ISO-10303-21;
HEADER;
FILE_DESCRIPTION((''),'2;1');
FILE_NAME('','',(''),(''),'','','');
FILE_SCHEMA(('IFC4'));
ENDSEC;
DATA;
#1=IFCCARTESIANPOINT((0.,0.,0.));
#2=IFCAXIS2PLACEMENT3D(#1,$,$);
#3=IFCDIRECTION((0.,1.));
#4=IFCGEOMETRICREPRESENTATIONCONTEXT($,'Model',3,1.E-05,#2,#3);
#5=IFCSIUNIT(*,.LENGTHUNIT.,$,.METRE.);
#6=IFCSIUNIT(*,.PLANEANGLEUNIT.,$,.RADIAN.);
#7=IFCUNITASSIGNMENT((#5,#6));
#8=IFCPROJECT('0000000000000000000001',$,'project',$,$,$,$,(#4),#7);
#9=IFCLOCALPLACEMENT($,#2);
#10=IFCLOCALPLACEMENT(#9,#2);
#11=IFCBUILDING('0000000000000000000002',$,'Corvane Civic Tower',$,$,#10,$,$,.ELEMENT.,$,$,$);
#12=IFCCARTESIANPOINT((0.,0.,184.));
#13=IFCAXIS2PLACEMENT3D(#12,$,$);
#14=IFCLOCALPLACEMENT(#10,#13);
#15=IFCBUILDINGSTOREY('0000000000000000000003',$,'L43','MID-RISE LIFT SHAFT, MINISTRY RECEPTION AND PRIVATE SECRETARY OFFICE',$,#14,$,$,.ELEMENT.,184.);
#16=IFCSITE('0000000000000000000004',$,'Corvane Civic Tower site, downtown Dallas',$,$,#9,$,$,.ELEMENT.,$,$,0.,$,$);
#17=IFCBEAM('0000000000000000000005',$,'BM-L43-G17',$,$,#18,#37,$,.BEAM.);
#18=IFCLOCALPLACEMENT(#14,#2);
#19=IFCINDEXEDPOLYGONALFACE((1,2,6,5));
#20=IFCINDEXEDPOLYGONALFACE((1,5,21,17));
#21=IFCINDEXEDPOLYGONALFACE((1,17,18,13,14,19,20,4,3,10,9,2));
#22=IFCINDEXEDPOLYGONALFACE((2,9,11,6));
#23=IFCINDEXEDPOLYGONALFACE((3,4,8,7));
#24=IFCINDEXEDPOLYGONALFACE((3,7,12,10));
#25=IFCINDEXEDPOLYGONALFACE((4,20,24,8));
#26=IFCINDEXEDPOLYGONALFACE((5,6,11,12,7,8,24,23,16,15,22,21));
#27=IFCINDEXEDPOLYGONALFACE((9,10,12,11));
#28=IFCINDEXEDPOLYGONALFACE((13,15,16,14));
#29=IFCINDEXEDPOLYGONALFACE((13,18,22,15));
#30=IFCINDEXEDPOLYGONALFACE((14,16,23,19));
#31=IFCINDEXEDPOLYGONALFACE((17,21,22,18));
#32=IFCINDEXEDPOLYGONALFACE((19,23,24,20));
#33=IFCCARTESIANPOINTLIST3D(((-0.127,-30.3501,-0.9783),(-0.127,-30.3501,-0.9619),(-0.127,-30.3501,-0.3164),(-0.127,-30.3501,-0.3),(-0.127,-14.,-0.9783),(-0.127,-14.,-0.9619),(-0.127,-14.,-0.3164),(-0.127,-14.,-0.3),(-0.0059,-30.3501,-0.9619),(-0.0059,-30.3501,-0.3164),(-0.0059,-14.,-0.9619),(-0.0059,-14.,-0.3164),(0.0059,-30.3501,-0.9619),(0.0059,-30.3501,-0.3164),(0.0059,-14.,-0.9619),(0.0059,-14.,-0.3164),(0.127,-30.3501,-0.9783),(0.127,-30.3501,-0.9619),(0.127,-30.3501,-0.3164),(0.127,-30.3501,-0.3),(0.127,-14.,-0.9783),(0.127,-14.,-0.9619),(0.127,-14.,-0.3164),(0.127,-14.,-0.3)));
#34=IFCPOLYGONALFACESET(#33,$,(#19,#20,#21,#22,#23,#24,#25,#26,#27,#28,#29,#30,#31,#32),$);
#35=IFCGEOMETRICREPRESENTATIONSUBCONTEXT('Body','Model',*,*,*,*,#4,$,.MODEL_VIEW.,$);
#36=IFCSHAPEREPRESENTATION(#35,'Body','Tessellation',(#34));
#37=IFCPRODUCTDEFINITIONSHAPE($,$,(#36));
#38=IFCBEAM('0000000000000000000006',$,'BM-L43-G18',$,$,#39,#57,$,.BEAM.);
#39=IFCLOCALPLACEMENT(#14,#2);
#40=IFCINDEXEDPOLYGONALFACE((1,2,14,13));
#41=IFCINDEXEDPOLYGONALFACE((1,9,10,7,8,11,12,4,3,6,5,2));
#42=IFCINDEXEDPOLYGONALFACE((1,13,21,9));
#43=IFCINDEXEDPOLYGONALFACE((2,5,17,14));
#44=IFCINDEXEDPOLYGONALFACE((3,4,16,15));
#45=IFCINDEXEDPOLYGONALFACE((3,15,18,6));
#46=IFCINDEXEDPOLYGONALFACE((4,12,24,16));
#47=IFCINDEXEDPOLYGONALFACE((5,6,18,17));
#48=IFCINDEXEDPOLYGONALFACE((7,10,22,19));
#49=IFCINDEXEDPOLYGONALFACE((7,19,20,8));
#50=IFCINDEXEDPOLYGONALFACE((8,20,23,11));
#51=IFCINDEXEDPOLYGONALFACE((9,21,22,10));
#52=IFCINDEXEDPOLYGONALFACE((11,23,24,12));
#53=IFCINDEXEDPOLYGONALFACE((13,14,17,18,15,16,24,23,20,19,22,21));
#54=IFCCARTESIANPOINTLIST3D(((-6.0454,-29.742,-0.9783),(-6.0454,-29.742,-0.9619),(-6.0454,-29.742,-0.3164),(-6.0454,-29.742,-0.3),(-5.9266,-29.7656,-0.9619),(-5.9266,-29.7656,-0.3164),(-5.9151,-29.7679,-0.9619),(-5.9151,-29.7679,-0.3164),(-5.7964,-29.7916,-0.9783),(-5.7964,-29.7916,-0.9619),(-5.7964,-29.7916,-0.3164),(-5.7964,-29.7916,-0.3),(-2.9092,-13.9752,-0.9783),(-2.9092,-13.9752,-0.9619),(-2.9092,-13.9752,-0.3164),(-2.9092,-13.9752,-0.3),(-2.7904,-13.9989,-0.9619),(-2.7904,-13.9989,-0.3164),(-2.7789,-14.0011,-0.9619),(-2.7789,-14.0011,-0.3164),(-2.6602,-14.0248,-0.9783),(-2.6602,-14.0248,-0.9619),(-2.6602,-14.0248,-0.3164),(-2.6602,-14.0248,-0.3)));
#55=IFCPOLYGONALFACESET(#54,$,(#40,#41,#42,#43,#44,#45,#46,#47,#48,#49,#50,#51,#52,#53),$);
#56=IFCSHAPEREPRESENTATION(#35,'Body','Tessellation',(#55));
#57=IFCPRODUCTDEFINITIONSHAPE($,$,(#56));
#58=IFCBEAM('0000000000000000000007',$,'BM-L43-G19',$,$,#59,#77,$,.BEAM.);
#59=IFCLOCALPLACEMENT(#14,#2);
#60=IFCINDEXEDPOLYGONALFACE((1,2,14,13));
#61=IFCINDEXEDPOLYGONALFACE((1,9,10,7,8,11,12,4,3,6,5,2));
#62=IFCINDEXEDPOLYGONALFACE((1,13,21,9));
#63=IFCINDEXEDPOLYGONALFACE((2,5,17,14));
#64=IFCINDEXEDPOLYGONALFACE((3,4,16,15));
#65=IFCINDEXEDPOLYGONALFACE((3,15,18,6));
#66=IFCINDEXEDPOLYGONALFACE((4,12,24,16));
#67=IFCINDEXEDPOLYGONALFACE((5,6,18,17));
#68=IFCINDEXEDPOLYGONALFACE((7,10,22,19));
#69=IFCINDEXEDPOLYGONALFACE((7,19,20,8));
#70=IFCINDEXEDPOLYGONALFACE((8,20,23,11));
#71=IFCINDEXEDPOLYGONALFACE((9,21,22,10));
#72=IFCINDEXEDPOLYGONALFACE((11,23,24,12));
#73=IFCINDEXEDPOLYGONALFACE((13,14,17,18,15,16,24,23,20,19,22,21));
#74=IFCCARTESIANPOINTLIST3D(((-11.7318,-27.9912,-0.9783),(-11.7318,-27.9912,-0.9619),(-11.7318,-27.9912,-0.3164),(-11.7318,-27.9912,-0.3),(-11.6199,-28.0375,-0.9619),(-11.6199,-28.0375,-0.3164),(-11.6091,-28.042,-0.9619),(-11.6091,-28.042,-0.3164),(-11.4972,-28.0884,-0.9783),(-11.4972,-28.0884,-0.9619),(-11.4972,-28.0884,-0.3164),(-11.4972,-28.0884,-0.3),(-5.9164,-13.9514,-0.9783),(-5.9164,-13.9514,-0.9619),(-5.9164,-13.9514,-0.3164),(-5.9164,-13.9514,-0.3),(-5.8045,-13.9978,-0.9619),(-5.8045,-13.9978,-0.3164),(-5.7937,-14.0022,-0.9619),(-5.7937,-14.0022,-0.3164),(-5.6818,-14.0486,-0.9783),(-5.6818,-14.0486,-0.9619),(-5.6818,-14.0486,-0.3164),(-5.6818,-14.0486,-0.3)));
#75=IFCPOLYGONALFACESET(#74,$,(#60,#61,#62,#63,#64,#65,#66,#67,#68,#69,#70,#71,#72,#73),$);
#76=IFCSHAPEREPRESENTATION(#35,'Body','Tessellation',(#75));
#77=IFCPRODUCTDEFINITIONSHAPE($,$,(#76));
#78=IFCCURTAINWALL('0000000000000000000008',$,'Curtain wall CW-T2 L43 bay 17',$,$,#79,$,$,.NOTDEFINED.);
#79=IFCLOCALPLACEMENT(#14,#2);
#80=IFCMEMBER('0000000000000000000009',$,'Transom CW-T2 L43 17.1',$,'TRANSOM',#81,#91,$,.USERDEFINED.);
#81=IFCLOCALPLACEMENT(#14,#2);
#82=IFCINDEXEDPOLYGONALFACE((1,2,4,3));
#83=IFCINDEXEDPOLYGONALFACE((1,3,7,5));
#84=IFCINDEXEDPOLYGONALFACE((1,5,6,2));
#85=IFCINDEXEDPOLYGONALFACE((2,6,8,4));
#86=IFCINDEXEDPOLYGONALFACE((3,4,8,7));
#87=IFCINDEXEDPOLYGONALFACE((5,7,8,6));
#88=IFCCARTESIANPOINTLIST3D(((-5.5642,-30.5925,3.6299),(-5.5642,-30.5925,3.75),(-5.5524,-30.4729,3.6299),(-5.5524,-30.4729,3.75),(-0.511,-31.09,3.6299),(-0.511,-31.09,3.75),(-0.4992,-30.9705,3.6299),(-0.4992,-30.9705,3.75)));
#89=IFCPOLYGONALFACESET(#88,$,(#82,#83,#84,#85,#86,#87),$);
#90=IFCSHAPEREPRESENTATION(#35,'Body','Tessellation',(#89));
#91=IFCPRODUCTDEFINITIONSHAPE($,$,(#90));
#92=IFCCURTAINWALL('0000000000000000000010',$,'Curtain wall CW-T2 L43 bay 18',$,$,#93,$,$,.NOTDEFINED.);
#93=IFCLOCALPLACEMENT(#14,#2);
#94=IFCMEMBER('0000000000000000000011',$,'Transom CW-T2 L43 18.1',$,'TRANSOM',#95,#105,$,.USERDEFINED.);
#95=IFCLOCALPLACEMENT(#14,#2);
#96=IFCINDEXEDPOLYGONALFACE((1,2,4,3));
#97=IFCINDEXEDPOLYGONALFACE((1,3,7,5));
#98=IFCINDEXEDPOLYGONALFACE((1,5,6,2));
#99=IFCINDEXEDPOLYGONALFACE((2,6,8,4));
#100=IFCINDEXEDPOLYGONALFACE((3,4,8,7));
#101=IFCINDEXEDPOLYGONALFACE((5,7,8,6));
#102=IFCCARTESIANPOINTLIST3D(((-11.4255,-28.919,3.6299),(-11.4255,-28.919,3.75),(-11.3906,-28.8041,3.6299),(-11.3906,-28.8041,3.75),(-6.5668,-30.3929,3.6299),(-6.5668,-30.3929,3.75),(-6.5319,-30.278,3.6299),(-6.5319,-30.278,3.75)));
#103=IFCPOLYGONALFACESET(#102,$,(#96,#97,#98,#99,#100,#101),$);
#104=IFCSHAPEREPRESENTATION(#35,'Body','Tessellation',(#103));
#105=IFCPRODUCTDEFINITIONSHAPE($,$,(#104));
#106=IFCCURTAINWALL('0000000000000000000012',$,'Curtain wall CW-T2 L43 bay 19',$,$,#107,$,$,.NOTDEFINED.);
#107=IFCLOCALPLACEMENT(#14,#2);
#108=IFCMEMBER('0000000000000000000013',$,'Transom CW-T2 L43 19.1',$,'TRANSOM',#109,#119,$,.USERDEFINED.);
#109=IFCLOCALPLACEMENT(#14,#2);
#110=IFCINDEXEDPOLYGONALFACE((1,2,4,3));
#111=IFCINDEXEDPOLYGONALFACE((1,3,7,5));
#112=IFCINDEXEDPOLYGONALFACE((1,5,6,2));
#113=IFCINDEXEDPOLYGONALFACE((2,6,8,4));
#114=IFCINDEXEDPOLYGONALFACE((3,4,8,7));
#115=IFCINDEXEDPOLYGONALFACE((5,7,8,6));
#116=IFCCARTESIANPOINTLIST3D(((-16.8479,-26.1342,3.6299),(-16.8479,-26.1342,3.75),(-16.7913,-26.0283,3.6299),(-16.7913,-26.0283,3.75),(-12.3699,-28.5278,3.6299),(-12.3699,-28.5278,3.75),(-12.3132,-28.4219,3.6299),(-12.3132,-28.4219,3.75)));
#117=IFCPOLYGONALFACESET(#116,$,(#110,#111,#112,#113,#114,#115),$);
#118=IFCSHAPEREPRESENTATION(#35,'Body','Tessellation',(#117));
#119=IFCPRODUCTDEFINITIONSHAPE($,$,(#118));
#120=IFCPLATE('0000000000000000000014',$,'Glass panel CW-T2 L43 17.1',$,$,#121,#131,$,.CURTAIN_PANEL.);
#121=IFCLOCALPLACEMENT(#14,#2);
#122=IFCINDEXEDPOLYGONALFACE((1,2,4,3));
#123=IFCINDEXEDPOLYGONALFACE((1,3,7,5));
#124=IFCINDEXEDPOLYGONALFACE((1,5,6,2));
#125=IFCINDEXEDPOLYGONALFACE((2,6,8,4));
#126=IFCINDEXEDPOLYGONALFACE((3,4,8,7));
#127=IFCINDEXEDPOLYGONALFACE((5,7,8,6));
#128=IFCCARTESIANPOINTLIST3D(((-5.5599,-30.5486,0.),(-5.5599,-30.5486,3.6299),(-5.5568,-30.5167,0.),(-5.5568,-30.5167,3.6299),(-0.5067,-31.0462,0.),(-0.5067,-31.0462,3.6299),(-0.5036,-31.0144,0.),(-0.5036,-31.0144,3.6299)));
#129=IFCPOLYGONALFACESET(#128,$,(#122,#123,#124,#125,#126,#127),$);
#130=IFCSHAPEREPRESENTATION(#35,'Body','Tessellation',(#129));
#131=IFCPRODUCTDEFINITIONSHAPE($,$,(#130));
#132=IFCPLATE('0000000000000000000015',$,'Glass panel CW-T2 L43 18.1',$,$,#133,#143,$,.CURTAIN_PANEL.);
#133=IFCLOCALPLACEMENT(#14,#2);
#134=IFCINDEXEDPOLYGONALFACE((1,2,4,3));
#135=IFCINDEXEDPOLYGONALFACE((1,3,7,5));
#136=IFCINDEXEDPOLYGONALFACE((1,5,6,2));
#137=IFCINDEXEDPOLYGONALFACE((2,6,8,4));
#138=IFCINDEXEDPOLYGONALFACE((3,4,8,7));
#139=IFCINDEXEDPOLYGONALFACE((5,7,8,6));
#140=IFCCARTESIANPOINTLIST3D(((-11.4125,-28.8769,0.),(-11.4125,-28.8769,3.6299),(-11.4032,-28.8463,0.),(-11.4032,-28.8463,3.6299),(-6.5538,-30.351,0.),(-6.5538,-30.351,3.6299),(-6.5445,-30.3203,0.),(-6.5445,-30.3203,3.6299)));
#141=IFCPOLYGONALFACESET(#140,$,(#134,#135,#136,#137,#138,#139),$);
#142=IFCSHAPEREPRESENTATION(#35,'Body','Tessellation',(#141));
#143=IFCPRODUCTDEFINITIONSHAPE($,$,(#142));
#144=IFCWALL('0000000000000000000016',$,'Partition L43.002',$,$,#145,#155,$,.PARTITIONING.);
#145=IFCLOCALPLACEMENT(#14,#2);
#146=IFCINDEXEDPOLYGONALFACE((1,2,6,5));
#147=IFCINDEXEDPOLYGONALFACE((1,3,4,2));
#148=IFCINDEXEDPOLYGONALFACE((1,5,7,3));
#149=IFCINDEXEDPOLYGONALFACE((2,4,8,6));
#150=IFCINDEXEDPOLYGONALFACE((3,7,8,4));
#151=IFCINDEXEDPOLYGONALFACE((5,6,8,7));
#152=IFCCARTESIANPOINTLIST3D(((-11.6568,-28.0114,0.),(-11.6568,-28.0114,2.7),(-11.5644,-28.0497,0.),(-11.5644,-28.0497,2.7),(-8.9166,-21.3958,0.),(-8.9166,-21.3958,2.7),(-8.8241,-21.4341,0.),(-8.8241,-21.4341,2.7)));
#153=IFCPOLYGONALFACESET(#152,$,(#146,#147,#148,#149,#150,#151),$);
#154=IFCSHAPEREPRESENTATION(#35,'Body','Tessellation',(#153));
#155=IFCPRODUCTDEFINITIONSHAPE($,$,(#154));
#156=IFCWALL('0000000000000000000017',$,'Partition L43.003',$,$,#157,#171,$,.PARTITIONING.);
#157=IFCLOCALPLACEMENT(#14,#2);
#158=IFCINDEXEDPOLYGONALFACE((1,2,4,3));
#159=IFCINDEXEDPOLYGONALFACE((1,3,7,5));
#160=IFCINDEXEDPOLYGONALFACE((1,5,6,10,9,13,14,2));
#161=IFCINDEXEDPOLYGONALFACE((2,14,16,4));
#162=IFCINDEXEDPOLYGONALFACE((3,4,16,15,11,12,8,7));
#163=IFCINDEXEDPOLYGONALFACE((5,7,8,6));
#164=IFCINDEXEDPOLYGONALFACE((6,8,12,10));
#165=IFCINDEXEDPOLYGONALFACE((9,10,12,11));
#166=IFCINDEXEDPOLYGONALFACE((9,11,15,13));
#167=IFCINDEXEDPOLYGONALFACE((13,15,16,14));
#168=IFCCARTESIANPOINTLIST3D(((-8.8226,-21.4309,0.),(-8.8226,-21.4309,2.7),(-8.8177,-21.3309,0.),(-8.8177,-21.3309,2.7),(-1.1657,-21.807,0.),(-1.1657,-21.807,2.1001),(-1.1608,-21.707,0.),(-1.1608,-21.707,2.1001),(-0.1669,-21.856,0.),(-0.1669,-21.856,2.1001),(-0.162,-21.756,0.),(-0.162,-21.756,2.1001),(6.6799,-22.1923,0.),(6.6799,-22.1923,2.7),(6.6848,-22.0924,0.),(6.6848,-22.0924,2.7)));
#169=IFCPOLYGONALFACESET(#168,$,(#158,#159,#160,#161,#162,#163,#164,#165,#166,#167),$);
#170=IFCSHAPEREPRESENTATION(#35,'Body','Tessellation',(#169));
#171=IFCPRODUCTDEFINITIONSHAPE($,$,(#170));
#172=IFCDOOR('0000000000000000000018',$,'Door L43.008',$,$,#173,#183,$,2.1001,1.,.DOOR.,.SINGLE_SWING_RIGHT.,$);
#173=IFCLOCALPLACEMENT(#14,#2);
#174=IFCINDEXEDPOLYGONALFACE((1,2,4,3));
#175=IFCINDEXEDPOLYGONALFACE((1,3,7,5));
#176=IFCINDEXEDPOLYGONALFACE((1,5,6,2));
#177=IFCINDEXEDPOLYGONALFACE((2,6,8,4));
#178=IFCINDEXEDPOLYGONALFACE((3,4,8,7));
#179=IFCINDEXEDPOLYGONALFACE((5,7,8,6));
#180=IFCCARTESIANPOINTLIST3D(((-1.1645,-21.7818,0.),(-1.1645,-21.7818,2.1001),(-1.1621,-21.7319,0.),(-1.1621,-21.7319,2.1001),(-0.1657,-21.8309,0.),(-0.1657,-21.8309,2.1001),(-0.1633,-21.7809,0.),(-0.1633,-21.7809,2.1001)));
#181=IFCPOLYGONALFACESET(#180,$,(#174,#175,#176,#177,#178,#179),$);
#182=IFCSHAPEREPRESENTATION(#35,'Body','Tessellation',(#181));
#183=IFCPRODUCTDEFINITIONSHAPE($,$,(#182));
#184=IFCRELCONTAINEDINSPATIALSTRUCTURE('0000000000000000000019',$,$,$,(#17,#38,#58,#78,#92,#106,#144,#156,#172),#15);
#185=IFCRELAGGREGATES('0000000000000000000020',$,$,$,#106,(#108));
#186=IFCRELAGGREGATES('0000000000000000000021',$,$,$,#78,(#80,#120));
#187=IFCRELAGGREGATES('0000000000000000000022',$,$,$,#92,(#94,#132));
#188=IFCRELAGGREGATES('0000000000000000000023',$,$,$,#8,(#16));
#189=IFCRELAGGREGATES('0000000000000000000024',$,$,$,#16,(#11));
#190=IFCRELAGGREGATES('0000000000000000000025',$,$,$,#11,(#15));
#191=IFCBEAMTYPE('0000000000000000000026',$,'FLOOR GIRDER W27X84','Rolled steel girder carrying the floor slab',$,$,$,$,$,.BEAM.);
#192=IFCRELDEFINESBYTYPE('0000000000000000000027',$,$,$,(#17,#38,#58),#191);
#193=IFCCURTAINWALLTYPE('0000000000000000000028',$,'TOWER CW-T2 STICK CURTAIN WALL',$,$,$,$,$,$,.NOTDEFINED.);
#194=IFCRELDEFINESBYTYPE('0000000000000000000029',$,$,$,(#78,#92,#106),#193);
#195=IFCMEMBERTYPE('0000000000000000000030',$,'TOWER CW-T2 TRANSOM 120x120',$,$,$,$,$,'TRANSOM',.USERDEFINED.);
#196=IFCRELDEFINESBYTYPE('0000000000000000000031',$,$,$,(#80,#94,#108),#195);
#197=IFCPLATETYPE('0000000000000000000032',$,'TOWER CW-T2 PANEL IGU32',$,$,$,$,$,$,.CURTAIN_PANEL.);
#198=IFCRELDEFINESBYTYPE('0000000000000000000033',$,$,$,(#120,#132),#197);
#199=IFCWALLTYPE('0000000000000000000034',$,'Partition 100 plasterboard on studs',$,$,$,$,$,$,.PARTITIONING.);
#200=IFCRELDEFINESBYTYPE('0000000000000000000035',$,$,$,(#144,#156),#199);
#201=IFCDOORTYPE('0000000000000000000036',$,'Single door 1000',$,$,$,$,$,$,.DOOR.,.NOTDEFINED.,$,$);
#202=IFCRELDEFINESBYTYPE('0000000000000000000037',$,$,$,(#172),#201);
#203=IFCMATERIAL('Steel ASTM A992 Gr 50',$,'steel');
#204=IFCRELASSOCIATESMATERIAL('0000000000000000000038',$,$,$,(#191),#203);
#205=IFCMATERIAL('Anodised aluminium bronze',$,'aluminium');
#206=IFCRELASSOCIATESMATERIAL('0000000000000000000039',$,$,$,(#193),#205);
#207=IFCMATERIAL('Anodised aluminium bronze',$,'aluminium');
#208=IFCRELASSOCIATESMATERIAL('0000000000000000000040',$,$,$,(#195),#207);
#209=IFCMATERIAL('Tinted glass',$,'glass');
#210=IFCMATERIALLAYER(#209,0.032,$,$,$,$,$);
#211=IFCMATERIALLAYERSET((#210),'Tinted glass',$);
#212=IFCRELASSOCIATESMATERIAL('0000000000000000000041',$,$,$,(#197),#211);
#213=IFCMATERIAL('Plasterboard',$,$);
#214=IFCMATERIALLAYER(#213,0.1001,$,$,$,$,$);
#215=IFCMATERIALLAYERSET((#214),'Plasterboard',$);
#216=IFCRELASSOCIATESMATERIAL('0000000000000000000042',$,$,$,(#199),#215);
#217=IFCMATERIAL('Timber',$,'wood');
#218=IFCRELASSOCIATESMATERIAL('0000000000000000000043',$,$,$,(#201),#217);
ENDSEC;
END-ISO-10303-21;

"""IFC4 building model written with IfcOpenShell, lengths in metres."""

from ifc_helpers import new_model, si_unit, direction, frame, frame_2d, origin, origin_2d, place, context, subcontext, project, spatial, rectangle, i_section, extrude, material, layer, layer_set, material_profile, profile_set, type_object, element, fill, aggregate, save


model = new_model("IFC4")

# Units and contexts
model_context = context("Model", 3, precision=1e-05, world=origin(), true_north=direction((0.0, 1.0)))
body_context = subcontext(model_context, "Body", "Model", "MODEL_VIEW")
ifc_project = project(units=[si_unit("LENGTHUNIT", "METRE"), si_unit("PLANEANGLEUNIT", "RADIAN")], contexts=[model_context])

# Site, building, storey
site_placement = place(None, origin())
site = spatial("IfcSite", under=ifc_project, at=site_placement, Name="Corvane Civic Tower site, downtown Dallas", CompositionType="ELEMENT", RefElevation=0.0)
building_placement = place(site_placement, origin())
building = spatial("IfcBuilding", under=site, at=building_placement, Name="Corvane Civic Tower", CompositionType="ELEMENT")
storey_placement = place(building_placement, frame((0.0, 0.0, 184.0)))
storey = spatial("IfcBuildingStorey", under=building, at=storey_placement, Name="L43", Description="MID-RISE LIFT SHAFT, MINISTRY RECEPTION AND PRIVATE SECRETARY OFFICE", CompositionType="ELEMENT", Elevation=184.0)

# Beams
ifc_material_1 = material(Name="Steel ASTM A992 Gr 50", Category="steel")
ifc_material_profile_1 = material_profile(ifc_material_1, i_section(OverallWidth=0.2539, OverallDepth=0.6782, WebThickness=0.0117, FlangeThickness=0.0164, at=origin_2d()), Name="W27X84")
ifc_profile_set_1 = profile_set([ifc_material_profile_1], Name="Steel ASTM A992 Gr 50")
beam_type_1 = type_object("IfcBeamType", Name="FLOOR GIRDER W27X84", Description="Rolled steel girder carrying the floor slab", PredefinedType="BEAM", material=ifc_profile_set_1)
beam_1_placement = place(storey_placement, frame((0.0, -14.0, -0.6392), z_axis=(0.0, -1.0, 0.0), x_axis=(1.0, 0.0, 0.0)))
element("IfcBeam", 1, at=beam_1_placement, inside=storey, type_object=beam_type_1, Name="BM-L43-G17", PredefinedType="BEAM", context=body_context, shape_type="SweptSolid", body=[
    extrude(i_section(OverallWidth=0.2539, OverallDepth=0.6782, WebThickness=0.0117, FlangeThickness=0.0164, at=origin_2d()), origin(), (0.0, 0.0, 1.0), 16.3501),
])
beam_2_placement = place(storey_placement, frame((-2.7847, -14.0, -0.6392), z_axis=(-0.195091, -0.980785, 0.0), x_axis=(0.980785, -0.195091, 0.0)))
element("IfcBeam", 2, at=beam_2_placement, inside=storey, type_object=beam_type_1, Name="BM-L43-G18", PredefinedType="BEAM", context=body_context, shape_type="SweptSolid", body=[
    extrude(i_section(OverallWidth=0.2539, OverallDepth=0.6782, WebThickness=0.0117, FlangeThickness=0.0164, at=origin_2d()), origin(), (0.0, 0.0, 1.0), 16.0757),
])
beam_3_placement = place(storey_placement, frame((-5.7991, -14.0, -0.6392), z_axis=(-0.382681, -0.923881, 0.0), x_axis=(0.923881, -0.382681, 0.0)))
element("IfcBeam", 3, at=beam_3_placement, inside=storey, type_object=beam_type_1, Name="BM-L43-G19", PredefinedType="BEAM", context=body_context, shape_type="SweptSolid", body=[
    extrude(i_section(OverallWidth=0.2539, OverallDepth=0.6782, WebThickness=0.0117, FlangeThickness=0.0164, at=origin_2d()), origin(), (0.0, 0.0, 1.0), 15.1965),
])

# Curtain walls, members
ifc_material_2 = material(Name="Anodised aluminium bronze", Category="aluminium")
curtain_wall_type = type_object("IfcCurtainWallType", Name="TOWER CW-T2 STICK CURTAIN WALL", PredefinedType="NOTDEFINED", material=ifc_material_2)
curtain_wall_1_placement = place(storey_placement, origin())
curtain_wall_1 = element("IfcCurtainWall", 4, at=curtain_wall_1_placement, inside=storey, type_object=curtain_wall_type, Name="Curtain wall CW-T2 L43 bay 17", PredefinedType="NOTDEFINED")
ifc_material_3 = material(Name="Anodised aluminium bronze", Category="aluminium")
ifc_material_profile_2 = material_profile(ifc_material_3, rectangle(XDim=0.1201, YDim=0.1201, at=origin_2d()), Name="TOWER CW-T2 TRANSOM 120x120")
ifc_profile_set_2 = profile_set([ifc_material_profile_2], Name="Anodised aluminium bronze")
member_type = type_object("IfcMemberType", Name="TOWER CW-T2 TRANSOM 120x120", ElementType="TRANSOM", PredefinedType="USERDEFINED", material=ifc_profile_set_2)
member_1_placement = place(storey_placement, frame((-0.5051, -31.0303, 3.6899), z_axis=(-0.995187, 0.09799, 0.0), x_axis=(-0.09799, -0.995187, 0.0)))
member_1 = element("IfcMember", 5, at=member_1_placement, type_object=member_type, Name="Transom CW-T2 L43 17.1", ObjectType="TRANSOM", PredefinedType="USERDEFINED", context=body_context, shape_type="SweptSolid", body=[
    extrude(rectangle(XDim=0.1201, YDim=0.1201, at=origin_2d()), origin(), (0.0, 0.0, 1.0), 5.0776),
])
curtain_wall_2_placement = place(storey_placement, origin())
curtain_wall_2 = element("IfcCurtainWall", 6, at=curtain_wall_2_placement, inside=storey, type_object=curtain_wall_type, Name="Curtain wall CW-T2 L43 bay 18", PredefinedType="NOTDEFINED")
member_2_placement = place(storey_placement, frame((-6.5493, -30.3354, 3.6899), z_axis=(-0.956939, 0.290289, 0.0), x_axis=(-0.290289, -0.956939, 0.0)))
member_2 = element("IfcMember", 7, at=member_2_placement, type_object=member_type, Name="Transom CW-T2 L43 18.1", ObjectType="TRANSOM", PredefinedType="USERDEFINED", context=body_context, shape_type="SweptSolid", body=[
    extrude(rectangle(XDim=0.1201, YDim=0.1201, at=origin_2d()), origin(), (0.0, 0.0, 1.0), 5.0774),
])
curtain_wall_3_placement = place(storey_placement, origin())
curtain_wall_3 = element("IfcCurtainWall", 8, at=curtain_wall_3_placement, inside=storey, type_object=curtain_wall_type, Name="Curtain wall CW-T2 L43 bay 19", PredefinedType="NOTDEFINED")
member_3_placement = place(storey_placement, frame((-12.3416, -28.4749, 3.6899), z_axis=(-0.881921, 0.471397, 0.0), x_axis=(-0.471397, -0.881921, 0.0)))
member_3 = element("IfcMember", 9, at=member_3_placement, type_object=member_type, Name="Transom CW-T2 L43 19.1", ObjectType="TRANSOM", PredefinedType="USERDEFINED", context=body_context, shape_type="SweptSolid", body=[
    extrude(rectangle(XDim=0.1201, YDim=0.1201, at=origin_2d()), origin(), (0.0, 0.0, 1.0), 5.0776),
])
aggregate(curtain_wall_3, [member_3])

# Plates
ifc_material_4 = material(Name="Tinted glass", Category="glass")
ifc_layer_1 = layer(ifc_material_4, 0.032)
ifc_layer_set_1 = layer_set([ifc_layer_1], Name="Tinted glass")
plate_type = type_object("IfcPlateType", Name="TOWER CW-T2 PANEL IGU32", PredefinedType="CURTAIN_PANEL", material=ifc_layer_set_1)
plate_1_placement = place(storey_placement, frame((-3.0317, -30.7815, 0.0), z_axis=(0.0, 0.0, 1.0), x_axis=(-0.995185, 0.098012, 0.0)))
plate_1 = element("IfcPlate", 10, at=plate_1_placement, type_object=plate_type, Name="Glass panel CW-T2 L43 17.1", PredefinedType="CURTAIN_PANEL", context=body_context, shape_type="SweptSolid", body=[
    extrude(rectangle(XDim=5.0776, YDim=0.032, at=origin_2d()), origin(), (0.0, 0.0, 1.0), 3.6299),
])
aggregate(curtain_wall_1, [member_1, plate_1])
plate_2_placement = place(storey_placement, frame((-8.9785, -29.5986, 0.0), z_axis=(0.0, 0.0, 1.0), x_axis=(-0.956932, 0.290313, 0.0)))
plate_2 = element("IfcPlate", 11, at=plate_2_placement, type_object=plate_type, Name="Glass panel CW-T2 L43 18.1", PredefinedType="CURTAIN_PANEL", context=body_context, shape_type="SweptSolid", body=[
    extrude(rectangle(XDim=5.0774, YDim=0.032, at=origin_2d()), origin(), (0.0, 0.0, 1.0), 3.6299),
])
aggregate(curtain_wall_2, [member_2, plate_2])

# Wall
ifc_material_5 = material(Name="Plasterboard")
ifc_layer_2 = layer(ifc_material_5, 0.1001)
ifc_layer_set_2 = layer_set([ifc_layer_2], Name="Plasterboard")
wall_type = type_object("IfcWallType", Name="Partition 100 plasterboard on studs", PredefinedType="PARTITIONING", material=ifc_layer_set_2)
wall_1_placement = place(storey_placement, frame((-11.6106, -28.0305, 0.0), z_axis=(0.0, 0.0, 1.0), x_axis=(0.382685, 0.923879, 0.0)))
element("IfcWall", 12, at=wall_1_placement, inside=storey, type_object=wall_type, Name="Partition L43.002", PredefinedType="PARTITIONING", context=body_context, shape_type="SweptSolid", body=[
    extrude(rectangle(XDim=7.1606, YDim=0.1001, at=frame_2d((3.5803, 0.0))), origin(), (0.0, 0.0, 1.0), 2.7),
])

# Wall, opening, door
wall_2_placement = place(storey_placement, frame((-8.8203, -21.3809, 0.0), z_axis=(0.0, 0.0, 1.0), x_axis=(0.998796, -0.049061, 0.0)))
wall_2 = element("IfcWall", 13, at=wall_2_placement, inside=storey, type_object=wall_type, Name="Partition L43.003", PredefinedType="PARTITIONING", context=body_context, shape_type="SweptSolid", body=[
    extrude(rectangle(XDim=15.5212, YDim=0.1001, at=frame_2d((7.7607, 0.0))), origin(), (0.0, 0.0, 1.0), 2.7),
])
opening_1_placement = place(wall_2_placement, frame((7.6663, 0.0, 0.0)))
opening_1 = element("IfcOpeningElement", 14, at=opening_1_placement, cuts=wall_2, PredefinedType="OPENING", context=body_context, shape_type="SweptSolid", body=[
    extrude(rectangle(XDim=1.0, YDim=2.1001, at=frame_2d((0.5, 1.05))), frame((0.0, 0.0601, 0.0), z_axis=(0.0, -1.0, 0.0), x_axis=(1.0, 0.0, 0.0)), (0.0, 0.0, 1.0), 0.1201),
])
ifc_material_6 = material(Name="Timber", Category="wood")
door_type_1 = type_object("IfcDoorType", Name="Single door 1000", OperationType="NOTDEFINED", PredefinedType="DOOR", material=ifc_material_6)
door_1_placement = place(opening_1_placement, frame((1.0, 0.0, 0.0), z_axis=(0.0, 0.0, 1.0), x_axis=(-1.0, 0.0, 0.0)))
door_1 = element("IfcDoor", 15, at=door_1_placement, inside=storey, type_object=door_type_1, Name="Door L43.008", OperationType="SINGLE_SWING_RIGHT", OverallHeight=2.1001, OverallWidth=1.0, PredefinedType="DOOR", context=body_context, shape_type="SweptSolid", body=[
    extrude(rectangle(XDim=1.0, YDim=2.1001, at=frame_2d((0.5, 1.05))), frame((0.0, 0.0249, 0.0), z_axis=(0.0, -1.0, 0.0), x_axis=(1.0, 0.0, 0.0)), (0.0, 0.0, 1.0), 0.05),
])
fill(opening_1, door_1)

save(model, "model.ifc")
